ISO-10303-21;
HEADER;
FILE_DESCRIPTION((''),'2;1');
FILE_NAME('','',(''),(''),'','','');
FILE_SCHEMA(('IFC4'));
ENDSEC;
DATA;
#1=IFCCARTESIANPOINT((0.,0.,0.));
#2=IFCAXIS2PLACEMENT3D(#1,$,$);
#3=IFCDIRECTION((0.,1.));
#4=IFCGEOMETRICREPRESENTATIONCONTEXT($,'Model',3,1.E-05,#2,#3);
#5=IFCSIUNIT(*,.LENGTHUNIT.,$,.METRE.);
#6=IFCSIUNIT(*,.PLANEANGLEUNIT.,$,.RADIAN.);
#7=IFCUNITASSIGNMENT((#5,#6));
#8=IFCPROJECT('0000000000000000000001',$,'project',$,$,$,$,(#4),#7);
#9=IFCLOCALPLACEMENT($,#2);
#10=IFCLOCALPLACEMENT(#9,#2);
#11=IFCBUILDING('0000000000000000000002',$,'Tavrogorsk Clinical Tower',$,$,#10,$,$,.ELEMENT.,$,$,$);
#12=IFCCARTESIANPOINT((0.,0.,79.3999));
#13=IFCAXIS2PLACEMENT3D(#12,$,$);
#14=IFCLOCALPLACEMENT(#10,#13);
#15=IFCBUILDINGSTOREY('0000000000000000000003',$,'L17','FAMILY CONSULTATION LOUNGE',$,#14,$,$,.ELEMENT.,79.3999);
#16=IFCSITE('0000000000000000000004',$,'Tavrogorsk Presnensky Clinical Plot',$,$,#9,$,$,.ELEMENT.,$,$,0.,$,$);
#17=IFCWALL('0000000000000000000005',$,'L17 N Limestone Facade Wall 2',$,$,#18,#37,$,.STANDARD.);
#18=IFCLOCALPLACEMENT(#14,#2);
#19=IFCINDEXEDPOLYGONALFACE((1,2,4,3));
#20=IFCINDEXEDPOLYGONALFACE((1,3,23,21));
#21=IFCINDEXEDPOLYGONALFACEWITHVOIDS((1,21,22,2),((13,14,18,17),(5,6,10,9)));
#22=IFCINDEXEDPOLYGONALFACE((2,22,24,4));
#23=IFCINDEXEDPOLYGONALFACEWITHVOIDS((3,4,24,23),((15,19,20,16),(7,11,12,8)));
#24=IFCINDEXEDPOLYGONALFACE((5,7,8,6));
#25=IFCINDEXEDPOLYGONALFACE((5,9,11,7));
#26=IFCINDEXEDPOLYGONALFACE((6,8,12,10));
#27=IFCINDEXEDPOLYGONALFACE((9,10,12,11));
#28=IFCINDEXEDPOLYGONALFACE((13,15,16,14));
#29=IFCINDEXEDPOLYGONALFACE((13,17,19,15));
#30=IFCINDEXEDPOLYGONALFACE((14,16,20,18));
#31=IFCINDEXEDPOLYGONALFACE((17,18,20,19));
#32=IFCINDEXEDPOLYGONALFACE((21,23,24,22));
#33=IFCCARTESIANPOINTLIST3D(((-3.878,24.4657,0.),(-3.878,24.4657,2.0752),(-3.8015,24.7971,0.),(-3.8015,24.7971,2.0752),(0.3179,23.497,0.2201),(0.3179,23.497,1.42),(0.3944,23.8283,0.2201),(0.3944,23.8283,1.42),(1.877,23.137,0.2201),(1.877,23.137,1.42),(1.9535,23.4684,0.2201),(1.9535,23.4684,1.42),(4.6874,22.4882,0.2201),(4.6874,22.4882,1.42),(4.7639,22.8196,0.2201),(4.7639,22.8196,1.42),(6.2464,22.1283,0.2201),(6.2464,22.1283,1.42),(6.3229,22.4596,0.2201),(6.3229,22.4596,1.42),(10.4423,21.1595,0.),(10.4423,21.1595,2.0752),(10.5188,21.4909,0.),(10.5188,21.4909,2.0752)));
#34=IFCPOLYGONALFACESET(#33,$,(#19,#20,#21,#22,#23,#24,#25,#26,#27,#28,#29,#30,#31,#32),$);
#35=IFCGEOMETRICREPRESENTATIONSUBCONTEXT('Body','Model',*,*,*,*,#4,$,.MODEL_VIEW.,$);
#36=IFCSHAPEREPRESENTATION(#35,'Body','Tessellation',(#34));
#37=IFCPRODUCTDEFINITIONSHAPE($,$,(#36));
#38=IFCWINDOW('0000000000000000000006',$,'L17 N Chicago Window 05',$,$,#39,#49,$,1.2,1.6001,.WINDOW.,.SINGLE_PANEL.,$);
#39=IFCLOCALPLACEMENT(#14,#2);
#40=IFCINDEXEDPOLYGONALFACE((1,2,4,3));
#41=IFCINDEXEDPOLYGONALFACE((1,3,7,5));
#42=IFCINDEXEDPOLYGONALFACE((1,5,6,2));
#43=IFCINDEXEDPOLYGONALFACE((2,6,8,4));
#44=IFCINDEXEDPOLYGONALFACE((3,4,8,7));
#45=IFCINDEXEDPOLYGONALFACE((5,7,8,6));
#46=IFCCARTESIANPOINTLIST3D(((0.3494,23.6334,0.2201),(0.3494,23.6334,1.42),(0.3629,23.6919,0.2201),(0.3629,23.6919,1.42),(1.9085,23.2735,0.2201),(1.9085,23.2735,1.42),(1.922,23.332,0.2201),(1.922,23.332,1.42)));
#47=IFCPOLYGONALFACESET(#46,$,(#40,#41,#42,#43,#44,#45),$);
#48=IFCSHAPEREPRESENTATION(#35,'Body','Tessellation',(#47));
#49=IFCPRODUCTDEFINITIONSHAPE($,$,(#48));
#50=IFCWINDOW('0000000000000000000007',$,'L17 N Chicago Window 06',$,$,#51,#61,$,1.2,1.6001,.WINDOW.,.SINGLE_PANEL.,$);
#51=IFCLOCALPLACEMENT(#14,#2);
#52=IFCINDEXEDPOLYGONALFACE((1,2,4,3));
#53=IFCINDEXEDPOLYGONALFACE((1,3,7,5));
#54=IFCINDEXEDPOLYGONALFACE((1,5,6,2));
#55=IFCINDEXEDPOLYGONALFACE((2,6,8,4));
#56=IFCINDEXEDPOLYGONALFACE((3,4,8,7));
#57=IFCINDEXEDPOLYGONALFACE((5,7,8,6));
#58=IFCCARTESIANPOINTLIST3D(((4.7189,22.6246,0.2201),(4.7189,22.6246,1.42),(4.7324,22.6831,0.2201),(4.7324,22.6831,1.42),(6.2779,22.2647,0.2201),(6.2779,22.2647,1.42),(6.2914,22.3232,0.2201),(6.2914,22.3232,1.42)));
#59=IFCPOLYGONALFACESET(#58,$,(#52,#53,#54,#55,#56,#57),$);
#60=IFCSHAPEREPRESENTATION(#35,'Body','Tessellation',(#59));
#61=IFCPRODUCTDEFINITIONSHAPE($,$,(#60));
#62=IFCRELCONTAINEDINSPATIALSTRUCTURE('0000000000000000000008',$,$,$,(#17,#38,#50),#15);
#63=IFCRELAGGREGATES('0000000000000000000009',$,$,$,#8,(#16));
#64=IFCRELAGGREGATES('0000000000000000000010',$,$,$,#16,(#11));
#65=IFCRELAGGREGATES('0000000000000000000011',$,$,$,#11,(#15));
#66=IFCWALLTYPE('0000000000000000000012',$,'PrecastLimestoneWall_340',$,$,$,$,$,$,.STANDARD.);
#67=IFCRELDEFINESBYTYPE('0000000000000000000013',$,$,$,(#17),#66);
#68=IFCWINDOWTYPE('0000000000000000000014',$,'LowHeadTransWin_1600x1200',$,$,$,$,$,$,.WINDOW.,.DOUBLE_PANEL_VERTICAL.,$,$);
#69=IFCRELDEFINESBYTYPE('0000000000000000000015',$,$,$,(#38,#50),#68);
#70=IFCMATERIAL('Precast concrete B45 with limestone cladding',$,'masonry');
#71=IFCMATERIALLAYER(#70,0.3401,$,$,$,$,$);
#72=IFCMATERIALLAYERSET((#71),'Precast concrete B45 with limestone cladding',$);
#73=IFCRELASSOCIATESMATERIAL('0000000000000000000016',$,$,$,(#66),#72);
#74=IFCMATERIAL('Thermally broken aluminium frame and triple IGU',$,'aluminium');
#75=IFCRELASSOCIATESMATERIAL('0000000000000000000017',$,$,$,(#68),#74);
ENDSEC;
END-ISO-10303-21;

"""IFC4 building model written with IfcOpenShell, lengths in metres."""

from ifc_helpers import new_model, si_unit, direction, frame, frame_2d, origin, place, context, subcontext, project, spatial, rectangle, extrude, material, layer, layer_set, type_object, element, fill, save


model = new_model("IFC4")

# Units and contexts
model_context = context("Model", 3, precision=1e-05, world=origin(), true_north=direction((0.0, 1.0)))
body_context = subcontext(model_context, "Body", "Model", "MODEL_VIEW")
ifc_project = project(units=[si_unit("LENGTHUNIT", "METRE"), si_unit("PLANEANGLEUNIT", "RADIAN")], contexts=[model_context])

# Site, building, storey
site_placement = place(None, origin())
site = spatial("IfcSite", under=ifc_project, at=site_placement, Name="Tavrogorsk Presnensky Clinical Plot", CompositionType="ELEMENT", RefElevation=0.0)
building_placement = place(site_placement, origin())
building = spatial("IfcBuilding", under=site, at=building_placement, Name="Tavrogorsk Clinical Tower", CompositionType="ELEMENT")
storey_placement = place(building_placement, frame((0.0, 0.0, 79.3999)))
storey = spatial("IfcBuildingStorey", under=building, at=storey_placement, Name="L17", Description="FAMILY CONSULTATION LOUNGE", CompositionType="ELEMENT", Elevation=79.3999)

# Wall, openings, windows
ifc_material_1 = material(Name="Precast concrete B45 with limestone cladding", Category="masonry")
ifc_layer_1 = layer(ifc_material_1, 0.3401)
ifc_layer_set_1 = layer_set([ifc_layer_1], Name="Precast concrete B45 with limestone cladding")
wall_type_1 = type_object("IfcWallType", Name="PrecastLimestoneWall_340", PredefinedType="STANDARD", material=ifc_layer_set_1)
wall_1_placement = place(storey_placement, frame((10.4807, 21.3252, 0.0), z_axis=(0.0, 0.0, 1.0), x_axis=(-0.974369, 0.224954, 0.0)))
wall_1 = element("IfcWall", 1, at=wall_1_placement, inside=storey, type_object=wall_type_1, Name="L17 N Limestone Facade Wall 2", PredefinedType="STANDARD", context=body_context, shape_type="SweptSolid", body=[
    extrude(rectangle(XDim=14.697, YDim=0.3401, at=frame_2d((7.3486, 0.0))), origin(), (0.0, 0.0, 1.0), 2.0752),
])
opening_1_placement = place(wall_1_placement, frame((8.7908, 0.0, 0.22)))
opening_1 = element("IfcOpeningElement", 2, at=opening_1_placement, cuts=wall_1, PredefinedType="OPENING", context=body_context, shape_type="SweptSolid", body=[
    extrude(rectangle(XDim=1.6001, YDim=1.2, at=frame_2d((0.8, 0.6001))), frame((0.0, 0.1799, 0.0), z_axis=(0.0, -1.0, 0.0), x_axis=(1.0, 0.0, 0.0)), (0.0, 0.0, 1.0), 0.3601),
])
opening_2_placement = place(wall_1_placement, frame((4.3064, 0.0, 0.22)))
opening_2 = element("IfcOpeningElement", 3, at=opening_2_placement, cuts=wall_1, PredefinedType="OPENING", context=body_context, shape_type="SweptSolid", body=[
    extrude(rectangle(XDim=1.6001, YDim=1.2, at=frame_2d((0.8, 0.6001))), frame((0.0, 0.1799, 0.0), z_axis=(0.0, -1.0, 0.0), x_axis=(1.0, 0.0, 0.0)), (0.0, 0.0, 1.0), 0.3601),
])
ifc_material_2 = material(Name="Thermally broken aluminium frame and triple IGU", Category="aluminium")
window_type = type_object("IfcWindowType", Name="LowHeadTransWin_1600x1200", PartitioningType="DOUBLE_PANEL_VERTICAL", PredefinedType="WINDOW", material=ifc_material_2)
window_1_placement = place(opening_1_placement, origin())
window_1 = element("IfcWindow", 4, at=window_1_placement, inside=storey, type_object=window_type, Name="L17 N Chicago Window 05", OverallHeight=1.2, OverallWidth=1.6001, PartitioningType="SINGLE_PANEL", PredefinedType="WINDOW", context=body_context, shape_type="SweptSolid", body=[
    extrude(rectangle(XDim=1.6001, YDim=1.2, at=frame_2d((0.8, 0.6001))), frame((0.0, 0.03, 0.0), z_axis=(0.0, -1.0, 0.0), x_axis=(1.0, 0.0, 0.0)), (0.0, 0.0, 1.0), 0.0601),
])
fill(opening_1, window_1)
window_2_placement = place(opening_2_placement, origin())
window_2 = element("IfcWindow", 5, at=window_2_placement, inside=storey, type_object=window_type, Name="L17 N Chicago Window 06", OverallHeight=1.2, OverallWidth=1.6001, PartitioningType="SINGLE_PANEL", PredefinedType="WINDOW", context=body_context, shape_type="SweptSolid", body=[
    extrude(rectangle(XDim=1.6001, YDim=1.2, at=frame_2d((0.8, 0.6001))), frame((0.0, 0.03, 0.0), z_axis=(0.0, -1.0, 0.0), x_axis=(1.0, 0.0, 0.0)), (0.0, 0.0, 1.0), 0.0601),
])
fill(opening_2, window_2)

save(model, "model.ifc")
